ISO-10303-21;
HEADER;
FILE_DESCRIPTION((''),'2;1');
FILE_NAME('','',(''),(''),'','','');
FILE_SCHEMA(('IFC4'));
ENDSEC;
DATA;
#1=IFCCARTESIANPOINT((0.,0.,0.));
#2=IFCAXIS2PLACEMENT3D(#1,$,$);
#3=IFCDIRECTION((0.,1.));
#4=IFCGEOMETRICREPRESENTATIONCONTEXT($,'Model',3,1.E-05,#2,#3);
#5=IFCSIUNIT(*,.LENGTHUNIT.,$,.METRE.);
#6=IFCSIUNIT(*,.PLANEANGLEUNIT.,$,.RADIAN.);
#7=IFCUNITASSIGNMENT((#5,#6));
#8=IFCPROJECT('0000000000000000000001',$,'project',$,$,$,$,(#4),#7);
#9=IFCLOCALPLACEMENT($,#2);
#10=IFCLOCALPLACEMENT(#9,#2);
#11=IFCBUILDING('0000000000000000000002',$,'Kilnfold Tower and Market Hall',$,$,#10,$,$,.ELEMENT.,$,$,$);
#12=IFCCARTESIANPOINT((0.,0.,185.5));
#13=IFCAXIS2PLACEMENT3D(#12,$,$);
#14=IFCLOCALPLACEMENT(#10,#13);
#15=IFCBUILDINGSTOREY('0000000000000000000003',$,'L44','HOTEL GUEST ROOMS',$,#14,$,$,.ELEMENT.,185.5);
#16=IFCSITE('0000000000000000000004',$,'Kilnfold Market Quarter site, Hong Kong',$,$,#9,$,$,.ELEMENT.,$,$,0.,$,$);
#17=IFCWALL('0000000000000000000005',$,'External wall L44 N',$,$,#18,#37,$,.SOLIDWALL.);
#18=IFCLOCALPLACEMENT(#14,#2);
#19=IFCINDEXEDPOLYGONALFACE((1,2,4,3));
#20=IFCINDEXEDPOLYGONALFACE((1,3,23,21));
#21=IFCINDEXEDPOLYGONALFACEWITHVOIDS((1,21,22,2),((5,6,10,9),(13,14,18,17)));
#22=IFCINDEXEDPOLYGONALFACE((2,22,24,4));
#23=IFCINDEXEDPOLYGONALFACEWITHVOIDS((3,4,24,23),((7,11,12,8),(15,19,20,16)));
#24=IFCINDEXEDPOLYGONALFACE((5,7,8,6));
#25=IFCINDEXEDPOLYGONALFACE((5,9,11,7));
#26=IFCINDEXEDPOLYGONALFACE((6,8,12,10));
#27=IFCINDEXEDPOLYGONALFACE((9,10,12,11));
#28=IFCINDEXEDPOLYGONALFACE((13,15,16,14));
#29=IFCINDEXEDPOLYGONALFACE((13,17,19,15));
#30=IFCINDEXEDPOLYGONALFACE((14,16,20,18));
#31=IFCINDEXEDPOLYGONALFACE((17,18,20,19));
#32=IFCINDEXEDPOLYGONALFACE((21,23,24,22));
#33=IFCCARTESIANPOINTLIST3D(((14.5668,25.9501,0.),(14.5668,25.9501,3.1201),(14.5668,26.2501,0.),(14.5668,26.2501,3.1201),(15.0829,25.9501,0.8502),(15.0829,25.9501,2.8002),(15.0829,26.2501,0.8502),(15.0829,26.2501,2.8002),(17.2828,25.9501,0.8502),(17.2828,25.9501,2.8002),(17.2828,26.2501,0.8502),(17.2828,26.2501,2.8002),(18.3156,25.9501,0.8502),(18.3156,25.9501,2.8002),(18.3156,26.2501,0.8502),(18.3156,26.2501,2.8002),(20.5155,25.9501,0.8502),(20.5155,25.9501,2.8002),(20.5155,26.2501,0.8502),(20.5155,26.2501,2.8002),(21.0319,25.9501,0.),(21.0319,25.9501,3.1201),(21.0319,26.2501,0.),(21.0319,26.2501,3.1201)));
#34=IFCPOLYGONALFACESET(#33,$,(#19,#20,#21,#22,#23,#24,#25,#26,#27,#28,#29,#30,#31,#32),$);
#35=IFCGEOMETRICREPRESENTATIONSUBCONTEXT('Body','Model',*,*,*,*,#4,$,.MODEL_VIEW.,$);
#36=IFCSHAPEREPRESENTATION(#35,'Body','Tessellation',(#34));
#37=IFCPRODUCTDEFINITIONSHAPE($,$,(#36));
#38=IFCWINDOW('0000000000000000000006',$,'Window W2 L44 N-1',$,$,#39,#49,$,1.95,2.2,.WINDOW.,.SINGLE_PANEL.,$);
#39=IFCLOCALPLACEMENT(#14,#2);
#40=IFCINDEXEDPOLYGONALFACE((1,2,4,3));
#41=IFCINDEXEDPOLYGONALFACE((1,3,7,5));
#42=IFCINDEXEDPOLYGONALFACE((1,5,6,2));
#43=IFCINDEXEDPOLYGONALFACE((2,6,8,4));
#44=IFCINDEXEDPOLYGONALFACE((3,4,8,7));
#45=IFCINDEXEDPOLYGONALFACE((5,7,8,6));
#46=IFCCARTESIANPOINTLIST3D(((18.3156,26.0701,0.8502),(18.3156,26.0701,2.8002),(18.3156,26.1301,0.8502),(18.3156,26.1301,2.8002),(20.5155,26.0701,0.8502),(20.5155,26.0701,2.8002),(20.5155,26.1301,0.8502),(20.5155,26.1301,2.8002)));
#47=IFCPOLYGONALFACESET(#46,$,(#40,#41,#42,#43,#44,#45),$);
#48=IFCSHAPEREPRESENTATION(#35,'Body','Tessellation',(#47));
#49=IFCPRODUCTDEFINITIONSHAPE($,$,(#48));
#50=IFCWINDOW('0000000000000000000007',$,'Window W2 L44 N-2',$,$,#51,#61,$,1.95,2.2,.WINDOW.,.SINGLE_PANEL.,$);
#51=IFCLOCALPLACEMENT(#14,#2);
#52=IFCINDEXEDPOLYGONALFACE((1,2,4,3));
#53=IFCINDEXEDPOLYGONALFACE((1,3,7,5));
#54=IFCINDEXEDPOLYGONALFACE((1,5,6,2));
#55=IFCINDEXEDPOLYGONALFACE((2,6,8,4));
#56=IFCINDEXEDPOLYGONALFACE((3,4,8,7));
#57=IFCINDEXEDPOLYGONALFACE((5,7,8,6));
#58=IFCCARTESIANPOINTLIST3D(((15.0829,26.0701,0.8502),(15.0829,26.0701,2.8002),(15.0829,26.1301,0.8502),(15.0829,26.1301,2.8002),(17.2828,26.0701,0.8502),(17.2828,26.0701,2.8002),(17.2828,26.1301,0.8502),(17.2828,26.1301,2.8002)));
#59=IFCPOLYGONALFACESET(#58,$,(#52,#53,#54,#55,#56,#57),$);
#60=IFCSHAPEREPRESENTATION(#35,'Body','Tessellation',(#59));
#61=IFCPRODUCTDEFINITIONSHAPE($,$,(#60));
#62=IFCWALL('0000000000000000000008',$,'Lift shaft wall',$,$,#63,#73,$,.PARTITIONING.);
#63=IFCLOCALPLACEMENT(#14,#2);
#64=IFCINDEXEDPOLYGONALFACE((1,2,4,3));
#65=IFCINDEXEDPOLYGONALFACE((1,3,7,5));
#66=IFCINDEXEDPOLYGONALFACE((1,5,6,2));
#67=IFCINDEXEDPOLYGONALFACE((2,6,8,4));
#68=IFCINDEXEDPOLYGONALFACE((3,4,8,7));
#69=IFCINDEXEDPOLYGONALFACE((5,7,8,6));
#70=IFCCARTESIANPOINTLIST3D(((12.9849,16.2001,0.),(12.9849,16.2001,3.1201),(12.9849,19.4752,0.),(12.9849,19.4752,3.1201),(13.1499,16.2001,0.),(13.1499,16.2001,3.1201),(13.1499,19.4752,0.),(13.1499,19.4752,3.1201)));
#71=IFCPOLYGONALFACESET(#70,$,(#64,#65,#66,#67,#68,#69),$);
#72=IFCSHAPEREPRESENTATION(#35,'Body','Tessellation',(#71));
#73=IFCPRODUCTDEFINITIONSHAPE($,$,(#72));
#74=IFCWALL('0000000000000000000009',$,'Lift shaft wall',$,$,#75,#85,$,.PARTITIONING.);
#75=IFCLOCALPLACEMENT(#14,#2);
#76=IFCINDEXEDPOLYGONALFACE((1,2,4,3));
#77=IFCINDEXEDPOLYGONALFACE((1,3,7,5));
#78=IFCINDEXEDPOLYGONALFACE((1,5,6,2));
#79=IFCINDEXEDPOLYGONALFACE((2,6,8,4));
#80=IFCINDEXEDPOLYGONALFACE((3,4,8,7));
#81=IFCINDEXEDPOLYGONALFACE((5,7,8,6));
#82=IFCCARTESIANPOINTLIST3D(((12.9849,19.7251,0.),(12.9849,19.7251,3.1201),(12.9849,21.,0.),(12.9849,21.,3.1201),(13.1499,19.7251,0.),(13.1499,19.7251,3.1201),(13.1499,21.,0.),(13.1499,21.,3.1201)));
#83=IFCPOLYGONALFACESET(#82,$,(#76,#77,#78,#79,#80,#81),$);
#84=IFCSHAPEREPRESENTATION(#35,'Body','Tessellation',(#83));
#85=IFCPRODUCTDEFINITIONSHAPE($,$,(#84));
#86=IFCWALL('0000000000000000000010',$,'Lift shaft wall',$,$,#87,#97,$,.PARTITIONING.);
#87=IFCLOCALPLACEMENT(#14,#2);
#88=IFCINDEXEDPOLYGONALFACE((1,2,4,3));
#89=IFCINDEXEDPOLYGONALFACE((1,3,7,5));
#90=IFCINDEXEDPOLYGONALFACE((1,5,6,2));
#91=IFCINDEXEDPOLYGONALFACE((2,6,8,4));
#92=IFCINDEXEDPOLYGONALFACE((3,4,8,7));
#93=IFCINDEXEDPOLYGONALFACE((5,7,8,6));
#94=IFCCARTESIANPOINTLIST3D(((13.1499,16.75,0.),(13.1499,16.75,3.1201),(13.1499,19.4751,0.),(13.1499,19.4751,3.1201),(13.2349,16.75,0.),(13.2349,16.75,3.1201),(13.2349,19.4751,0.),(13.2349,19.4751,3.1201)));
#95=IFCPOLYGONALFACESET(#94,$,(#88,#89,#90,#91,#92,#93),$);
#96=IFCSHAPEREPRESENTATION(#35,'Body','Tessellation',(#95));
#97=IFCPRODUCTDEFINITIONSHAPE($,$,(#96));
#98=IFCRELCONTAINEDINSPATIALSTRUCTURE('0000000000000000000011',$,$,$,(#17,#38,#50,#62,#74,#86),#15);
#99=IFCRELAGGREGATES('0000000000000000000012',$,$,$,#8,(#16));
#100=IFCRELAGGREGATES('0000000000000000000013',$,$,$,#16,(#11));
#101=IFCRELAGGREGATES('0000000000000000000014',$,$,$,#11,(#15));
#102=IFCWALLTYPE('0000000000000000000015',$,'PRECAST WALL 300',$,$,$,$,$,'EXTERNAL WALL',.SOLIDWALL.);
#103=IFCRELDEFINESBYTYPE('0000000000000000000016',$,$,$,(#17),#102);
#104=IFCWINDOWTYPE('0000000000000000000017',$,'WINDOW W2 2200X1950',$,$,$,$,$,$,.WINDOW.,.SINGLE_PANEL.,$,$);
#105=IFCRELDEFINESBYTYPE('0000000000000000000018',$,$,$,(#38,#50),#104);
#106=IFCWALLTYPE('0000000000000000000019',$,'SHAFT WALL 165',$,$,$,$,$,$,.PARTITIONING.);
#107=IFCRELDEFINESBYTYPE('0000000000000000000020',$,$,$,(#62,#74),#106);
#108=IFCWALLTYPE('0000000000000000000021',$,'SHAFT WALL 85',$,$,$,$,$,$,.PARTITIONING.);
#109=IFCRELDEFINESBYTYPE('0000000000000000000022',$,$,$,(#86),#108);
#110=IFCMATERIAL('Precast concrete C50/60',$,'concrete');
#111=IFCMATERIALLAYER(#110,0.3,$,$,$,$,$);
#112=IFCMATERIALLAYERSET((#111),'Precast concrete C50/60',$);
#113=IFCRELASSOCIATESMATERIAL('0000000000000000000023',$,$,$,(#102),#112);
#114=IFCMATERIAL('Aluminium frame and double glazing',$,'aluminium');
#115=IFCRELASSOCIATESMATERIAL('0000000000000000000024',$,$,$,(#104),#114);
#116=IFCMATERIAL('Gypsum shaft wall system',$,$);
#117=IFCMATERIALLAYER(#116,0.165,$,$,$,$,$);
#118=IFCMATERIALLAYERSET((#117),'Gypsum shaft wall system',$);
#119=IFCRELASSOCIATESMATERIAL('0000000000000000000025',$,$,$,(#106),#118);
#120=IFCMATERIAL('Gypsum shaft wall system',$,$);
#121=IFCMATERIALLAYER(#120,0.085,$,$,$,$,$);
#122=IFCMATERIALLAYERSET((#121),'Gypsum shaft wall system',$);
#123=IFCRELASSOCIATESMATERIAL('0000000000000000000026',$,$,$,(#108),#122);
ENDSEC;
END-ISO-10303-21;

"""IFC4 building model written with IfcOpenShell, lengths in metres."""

from ifc_helpers import new_model, si_unit, direction, frame, frame_2d, origin, place, context, subcontext, project, spatial, rectangle, extrude, source, transform, mapped, material, layer, layer_set, type_object, element, fill, save


model = new_model("IFC4")

# Units and contexts
model_context = context("Model", 3, precision=1e-05, world=origin(), true_north=direction((0.0, 1.0)))
body_context = subcontext(model_context, "Body", "Model", "MODEL_VIEW")
ifc_project = project(units=[si_unit("LENGTHUNIT", "METRE"), si_unit("PLANEANGLEUNIT", "RADIAN")], contexts=[model_context])

# Site, building, storey
site_placement = place(None, origin())
site = spatial("IfcSite", under=ifc_project, at=site_placement, Name="Kilnfold Market Quarter site, Hong Kong", CompositionType="ELEMENT", RefElevation=0.0)
building_placement = place(site_placement, origin())
building = spatial("IfcBuilding", under=site, at=building_placement, Name="Kilnfold Tower and Market Hall", CompositionType="ELEMENT")
storey_placement = place(building_placement, frame((0.0, 0.0, 185.5)))
storey = spatial("IfcBuildingStorey", under=building, at=storey_placement, Name="L44", Description="HOTEL GUEST ROOMS", CompositionType="ELEMENT", Elevation=185.5)

# Shared definitions
ifc_material_1 = material(Name="Precast concrete C50/60", Category="concrete")
ifc_layer_1 = layer(ifc_material_1, 0.3)
ifc_layer_set_1 = layer_set([ifc_layer_1], Name="Precast concrete C50/60")
wall_type_1 = type_object("IfcWallType", Name="PRECAST WALL 300", ElementType="EXTERNAL WALL", PredefinedType="SOLIDWALL", material=ifc_layer_set_1)
ifc_material_2 = material(Name="Aluminium frame and double glazing", Category="aluminium")
window_type = type_object("IfcWindowType", Name="WINDOW W2 2200X1950", PartitioningType="SINGLE_PANEL", PredefinedType="WINDOW", material=ifc_material_2)

# Wall, openings, windows
shared_shape_1 = source(origin(), body_context, "Body", "SweptSolid", [
    extrude(rectangle(XDim=6.4651, YDim=0.3, at=frame_2d((3.2324, 0.0))), origin(), (0.0, 0.0, 1.0), 3.1201),
])
wall_1_placement = place(storey_placement, frame((21.0317, 26.1001, 0.0), z_axis=(0.0, 0.0, 1.0), x_axis=(-1.0, 0.0, 0.0)))
wall_1 = element("IfcWall", 1, at=wall_1_placement, inside=storey, type_object=wall_type_1, Name="External wall L44 N", PredefinedType="SOLIDWALL", context=body_context, shape_type="MappedRepresentation", body=[
    mapped(shared_shape_1, transform((0.0, 0.0, 0.0))),
])
opening_1_placement = place(wall_1_placement, frame((0.5161, 0.0, 0.8501)))
opening_1 = element("IfcOpeningElement", 2, at=opening_1_placement, cuts=wall_1, PredefinedType="OPENING", context=body_context, shape_type="SweptSolid", body=[
    extrude(rectangle(XDim=2.2, YDim=1.95, at=frame_2d((1.1001, 0.9751))), frame((0.0, 0.1602, 0.0), z_axis=(0.0, -1.0, 0.0), x_axis=(1.0, 0.0, 0.0)), (0.0, 0.0, 1.0), 0.3201),
])
opening_2_placement = place(wall_1_placement, frame((3.7488, 0.0, 0.8501)))
opening_2 = element("IfcOpeningElement", 3, at=opening_2_placement, cuts=wall_1, PredefinedType="OPENING", context=body_context, shape_type="SweptSolid", body=[
    extrude(rectangle(XDim=2.2, YDim=1.95, at=frame_2d((1.1001, 0.9751))), frame((0.0, 0.1602, 0.0), z_axis=(0.0, -1.0, 0.0), x_axis=(1.0, 0.0, 0.0)), (0.0, 0.0, 1.0), 0.3201),
])
window_1_placement = place(opening_1_placement, origin())
window_1 = element("IfcWindow", 4, at=window_1_placement, inside=storey, type_object=window_type, Name="Window W2 L44 N-1", OverallHeight=1.95, OverallWidth=2.2, PartitioningType="SINGLE_PANEL", PredefinedType="WINDOW", context=body_context, shape_type="SweptSolid", body=[
    extrude(rectangle(XDim=2.2, YDim=1.95, at=frame_2d((1.1001, 0.9751))), frame((0.0, 0.03, 0.0), z_axis=(0.0, -1.0, 0.0), x_axis=(1.0, 0.0, 0.0)), (0.0, 0.0, 1.0), 0.0601),
])
fill(opening_1, window_1)
window_2_placement = place(opening_2_placement, origin())
window_2 = element("IfcWindow", 5, at=window_2_placement, inside=storey, type_object=window_type, Name="Window W2 L44 N-2", OverallHeight=1.95, OverallWidth=2.2, PartitioningType="SINGLE_PANEL", PredefinedType="WINDOW", context=body_context, shape_type="SweptSolid", body=[
    extrude(rectangle(XDim=2.2, YDim=1.95, at=frame_2d((1.1001, 0.9751))), frame((0.0, 0.03, 0.0), z_axis=(0.0, -1.0, 0.0), x_axis=(1.0, 0.0, 0.0)), (0.0, 0.0, 1.0), 0.0601),
])
fill(opening_2, window_2)

# Walls
ifc_material_3 = material(Name="Gypsum shaft wall system")
ifc_layer_2 = layer(ifc_material_3, 0.165)
ifc_layer_set_2 = layer_set([ifc_layer_2], Name="Gypsum shaft wall system")
wall_type_2 = type_object("IfcWallType", Name="SHAFT WALL 165", PredefinedType="PARTITIONING", material=ifc_layer_set_2)
shared_shape_2 = source(origin(), body_context, "Body", "SweptSolid", [
    extrude(rectangle(XDim=3.2751, YDim=0.165, at=frame_2d((1.6377, 0.0))), origin(), (0.0, 0.0, 1.0), 3.1201),
])
wall_2_placement = place(storey_placement, frame((13.0674, 16.2, 0.0), z_axis=(0.0, 0.0, 1.0), x_axis=(0.0, 1.0, 0.0)))
element("IfcWall", 6, at=wall_2_placement, inside=storey, type_object=wall_type_2, Name="Lift shaft wall", PredefinedType="PARTITIONING", context=body_context, shape_type="MappedRepresentation", body=[
    mapped(shared_shape_2, transform((0.0, 0.0, 0.0))),
])
shared_shape_3 = source(origin(), body_context, "Body", "SweptSolid", [
    extrude(rectangle(XDim=1.2749, YDim=0.165, at=frame_2d((0.6375, 0.0))), origin(), (0.0, 0.0, 1.0), 3.1201),
])
wall_3_placement = place(storey_placement, frame((13.0674, 19.7251, 0.0), z_axis=(0.0, 0.0, 1.0), x_axis=(0.0, 1.0, 0.0)))
element("IfcWall", 7, at=wall_3_placement, inside=storey, type_object=wall_type_2, Name="Lift shaft wall", PredefinedType="PARTITIONING", context=body_context, shape_type="MappedRepresentation", body=[
    mapped(shared_shape_3, transform((0.0, 0.0, 0.0))),
])
ifc_material_4 = material(Name="Gypsum shaft wall system")
ifc_layer_3 = layer(ifc_material_4, 0.085)
ifc_layer_set_3 = layer_set([ifc_layer_3], Name="Gypsum shaft wall system")
wall_type_3 = type_object("IfcWallType", Name="SHAFT WALL 85", PredefinedType="PARTITIONING", material=ifc_layer_set_3)
shared_shape_4 = source(origin(), body_context, "Body", "SweptSolid", [
    extrude(rectangle(XDim=2.7251, YDim=0.085, at=frame_2d((1.3625, 0.0))), origin(), (0.0, 0.0, 1.0), 3.1201),
])
wall_4_placement = place(storey_placement, frame((13.1924, 16.75, 0.0), z_axis=(0.0, 0.0, 1.0), x_axis=(0.0, 1.0, 0.0)))
element("IfcWall", 8, at=wall_4_placement, inside=storey, type_object=wall_type_3, Name="Lift shaft wall", PredefinedType="PARTITIONING", context=body_context, shape_type="MappedRepresentation", body=[
    mapped(shared_shape_4, transform((0.0, 0.0, 0.0))),
])

save(model, "model.ifc")
